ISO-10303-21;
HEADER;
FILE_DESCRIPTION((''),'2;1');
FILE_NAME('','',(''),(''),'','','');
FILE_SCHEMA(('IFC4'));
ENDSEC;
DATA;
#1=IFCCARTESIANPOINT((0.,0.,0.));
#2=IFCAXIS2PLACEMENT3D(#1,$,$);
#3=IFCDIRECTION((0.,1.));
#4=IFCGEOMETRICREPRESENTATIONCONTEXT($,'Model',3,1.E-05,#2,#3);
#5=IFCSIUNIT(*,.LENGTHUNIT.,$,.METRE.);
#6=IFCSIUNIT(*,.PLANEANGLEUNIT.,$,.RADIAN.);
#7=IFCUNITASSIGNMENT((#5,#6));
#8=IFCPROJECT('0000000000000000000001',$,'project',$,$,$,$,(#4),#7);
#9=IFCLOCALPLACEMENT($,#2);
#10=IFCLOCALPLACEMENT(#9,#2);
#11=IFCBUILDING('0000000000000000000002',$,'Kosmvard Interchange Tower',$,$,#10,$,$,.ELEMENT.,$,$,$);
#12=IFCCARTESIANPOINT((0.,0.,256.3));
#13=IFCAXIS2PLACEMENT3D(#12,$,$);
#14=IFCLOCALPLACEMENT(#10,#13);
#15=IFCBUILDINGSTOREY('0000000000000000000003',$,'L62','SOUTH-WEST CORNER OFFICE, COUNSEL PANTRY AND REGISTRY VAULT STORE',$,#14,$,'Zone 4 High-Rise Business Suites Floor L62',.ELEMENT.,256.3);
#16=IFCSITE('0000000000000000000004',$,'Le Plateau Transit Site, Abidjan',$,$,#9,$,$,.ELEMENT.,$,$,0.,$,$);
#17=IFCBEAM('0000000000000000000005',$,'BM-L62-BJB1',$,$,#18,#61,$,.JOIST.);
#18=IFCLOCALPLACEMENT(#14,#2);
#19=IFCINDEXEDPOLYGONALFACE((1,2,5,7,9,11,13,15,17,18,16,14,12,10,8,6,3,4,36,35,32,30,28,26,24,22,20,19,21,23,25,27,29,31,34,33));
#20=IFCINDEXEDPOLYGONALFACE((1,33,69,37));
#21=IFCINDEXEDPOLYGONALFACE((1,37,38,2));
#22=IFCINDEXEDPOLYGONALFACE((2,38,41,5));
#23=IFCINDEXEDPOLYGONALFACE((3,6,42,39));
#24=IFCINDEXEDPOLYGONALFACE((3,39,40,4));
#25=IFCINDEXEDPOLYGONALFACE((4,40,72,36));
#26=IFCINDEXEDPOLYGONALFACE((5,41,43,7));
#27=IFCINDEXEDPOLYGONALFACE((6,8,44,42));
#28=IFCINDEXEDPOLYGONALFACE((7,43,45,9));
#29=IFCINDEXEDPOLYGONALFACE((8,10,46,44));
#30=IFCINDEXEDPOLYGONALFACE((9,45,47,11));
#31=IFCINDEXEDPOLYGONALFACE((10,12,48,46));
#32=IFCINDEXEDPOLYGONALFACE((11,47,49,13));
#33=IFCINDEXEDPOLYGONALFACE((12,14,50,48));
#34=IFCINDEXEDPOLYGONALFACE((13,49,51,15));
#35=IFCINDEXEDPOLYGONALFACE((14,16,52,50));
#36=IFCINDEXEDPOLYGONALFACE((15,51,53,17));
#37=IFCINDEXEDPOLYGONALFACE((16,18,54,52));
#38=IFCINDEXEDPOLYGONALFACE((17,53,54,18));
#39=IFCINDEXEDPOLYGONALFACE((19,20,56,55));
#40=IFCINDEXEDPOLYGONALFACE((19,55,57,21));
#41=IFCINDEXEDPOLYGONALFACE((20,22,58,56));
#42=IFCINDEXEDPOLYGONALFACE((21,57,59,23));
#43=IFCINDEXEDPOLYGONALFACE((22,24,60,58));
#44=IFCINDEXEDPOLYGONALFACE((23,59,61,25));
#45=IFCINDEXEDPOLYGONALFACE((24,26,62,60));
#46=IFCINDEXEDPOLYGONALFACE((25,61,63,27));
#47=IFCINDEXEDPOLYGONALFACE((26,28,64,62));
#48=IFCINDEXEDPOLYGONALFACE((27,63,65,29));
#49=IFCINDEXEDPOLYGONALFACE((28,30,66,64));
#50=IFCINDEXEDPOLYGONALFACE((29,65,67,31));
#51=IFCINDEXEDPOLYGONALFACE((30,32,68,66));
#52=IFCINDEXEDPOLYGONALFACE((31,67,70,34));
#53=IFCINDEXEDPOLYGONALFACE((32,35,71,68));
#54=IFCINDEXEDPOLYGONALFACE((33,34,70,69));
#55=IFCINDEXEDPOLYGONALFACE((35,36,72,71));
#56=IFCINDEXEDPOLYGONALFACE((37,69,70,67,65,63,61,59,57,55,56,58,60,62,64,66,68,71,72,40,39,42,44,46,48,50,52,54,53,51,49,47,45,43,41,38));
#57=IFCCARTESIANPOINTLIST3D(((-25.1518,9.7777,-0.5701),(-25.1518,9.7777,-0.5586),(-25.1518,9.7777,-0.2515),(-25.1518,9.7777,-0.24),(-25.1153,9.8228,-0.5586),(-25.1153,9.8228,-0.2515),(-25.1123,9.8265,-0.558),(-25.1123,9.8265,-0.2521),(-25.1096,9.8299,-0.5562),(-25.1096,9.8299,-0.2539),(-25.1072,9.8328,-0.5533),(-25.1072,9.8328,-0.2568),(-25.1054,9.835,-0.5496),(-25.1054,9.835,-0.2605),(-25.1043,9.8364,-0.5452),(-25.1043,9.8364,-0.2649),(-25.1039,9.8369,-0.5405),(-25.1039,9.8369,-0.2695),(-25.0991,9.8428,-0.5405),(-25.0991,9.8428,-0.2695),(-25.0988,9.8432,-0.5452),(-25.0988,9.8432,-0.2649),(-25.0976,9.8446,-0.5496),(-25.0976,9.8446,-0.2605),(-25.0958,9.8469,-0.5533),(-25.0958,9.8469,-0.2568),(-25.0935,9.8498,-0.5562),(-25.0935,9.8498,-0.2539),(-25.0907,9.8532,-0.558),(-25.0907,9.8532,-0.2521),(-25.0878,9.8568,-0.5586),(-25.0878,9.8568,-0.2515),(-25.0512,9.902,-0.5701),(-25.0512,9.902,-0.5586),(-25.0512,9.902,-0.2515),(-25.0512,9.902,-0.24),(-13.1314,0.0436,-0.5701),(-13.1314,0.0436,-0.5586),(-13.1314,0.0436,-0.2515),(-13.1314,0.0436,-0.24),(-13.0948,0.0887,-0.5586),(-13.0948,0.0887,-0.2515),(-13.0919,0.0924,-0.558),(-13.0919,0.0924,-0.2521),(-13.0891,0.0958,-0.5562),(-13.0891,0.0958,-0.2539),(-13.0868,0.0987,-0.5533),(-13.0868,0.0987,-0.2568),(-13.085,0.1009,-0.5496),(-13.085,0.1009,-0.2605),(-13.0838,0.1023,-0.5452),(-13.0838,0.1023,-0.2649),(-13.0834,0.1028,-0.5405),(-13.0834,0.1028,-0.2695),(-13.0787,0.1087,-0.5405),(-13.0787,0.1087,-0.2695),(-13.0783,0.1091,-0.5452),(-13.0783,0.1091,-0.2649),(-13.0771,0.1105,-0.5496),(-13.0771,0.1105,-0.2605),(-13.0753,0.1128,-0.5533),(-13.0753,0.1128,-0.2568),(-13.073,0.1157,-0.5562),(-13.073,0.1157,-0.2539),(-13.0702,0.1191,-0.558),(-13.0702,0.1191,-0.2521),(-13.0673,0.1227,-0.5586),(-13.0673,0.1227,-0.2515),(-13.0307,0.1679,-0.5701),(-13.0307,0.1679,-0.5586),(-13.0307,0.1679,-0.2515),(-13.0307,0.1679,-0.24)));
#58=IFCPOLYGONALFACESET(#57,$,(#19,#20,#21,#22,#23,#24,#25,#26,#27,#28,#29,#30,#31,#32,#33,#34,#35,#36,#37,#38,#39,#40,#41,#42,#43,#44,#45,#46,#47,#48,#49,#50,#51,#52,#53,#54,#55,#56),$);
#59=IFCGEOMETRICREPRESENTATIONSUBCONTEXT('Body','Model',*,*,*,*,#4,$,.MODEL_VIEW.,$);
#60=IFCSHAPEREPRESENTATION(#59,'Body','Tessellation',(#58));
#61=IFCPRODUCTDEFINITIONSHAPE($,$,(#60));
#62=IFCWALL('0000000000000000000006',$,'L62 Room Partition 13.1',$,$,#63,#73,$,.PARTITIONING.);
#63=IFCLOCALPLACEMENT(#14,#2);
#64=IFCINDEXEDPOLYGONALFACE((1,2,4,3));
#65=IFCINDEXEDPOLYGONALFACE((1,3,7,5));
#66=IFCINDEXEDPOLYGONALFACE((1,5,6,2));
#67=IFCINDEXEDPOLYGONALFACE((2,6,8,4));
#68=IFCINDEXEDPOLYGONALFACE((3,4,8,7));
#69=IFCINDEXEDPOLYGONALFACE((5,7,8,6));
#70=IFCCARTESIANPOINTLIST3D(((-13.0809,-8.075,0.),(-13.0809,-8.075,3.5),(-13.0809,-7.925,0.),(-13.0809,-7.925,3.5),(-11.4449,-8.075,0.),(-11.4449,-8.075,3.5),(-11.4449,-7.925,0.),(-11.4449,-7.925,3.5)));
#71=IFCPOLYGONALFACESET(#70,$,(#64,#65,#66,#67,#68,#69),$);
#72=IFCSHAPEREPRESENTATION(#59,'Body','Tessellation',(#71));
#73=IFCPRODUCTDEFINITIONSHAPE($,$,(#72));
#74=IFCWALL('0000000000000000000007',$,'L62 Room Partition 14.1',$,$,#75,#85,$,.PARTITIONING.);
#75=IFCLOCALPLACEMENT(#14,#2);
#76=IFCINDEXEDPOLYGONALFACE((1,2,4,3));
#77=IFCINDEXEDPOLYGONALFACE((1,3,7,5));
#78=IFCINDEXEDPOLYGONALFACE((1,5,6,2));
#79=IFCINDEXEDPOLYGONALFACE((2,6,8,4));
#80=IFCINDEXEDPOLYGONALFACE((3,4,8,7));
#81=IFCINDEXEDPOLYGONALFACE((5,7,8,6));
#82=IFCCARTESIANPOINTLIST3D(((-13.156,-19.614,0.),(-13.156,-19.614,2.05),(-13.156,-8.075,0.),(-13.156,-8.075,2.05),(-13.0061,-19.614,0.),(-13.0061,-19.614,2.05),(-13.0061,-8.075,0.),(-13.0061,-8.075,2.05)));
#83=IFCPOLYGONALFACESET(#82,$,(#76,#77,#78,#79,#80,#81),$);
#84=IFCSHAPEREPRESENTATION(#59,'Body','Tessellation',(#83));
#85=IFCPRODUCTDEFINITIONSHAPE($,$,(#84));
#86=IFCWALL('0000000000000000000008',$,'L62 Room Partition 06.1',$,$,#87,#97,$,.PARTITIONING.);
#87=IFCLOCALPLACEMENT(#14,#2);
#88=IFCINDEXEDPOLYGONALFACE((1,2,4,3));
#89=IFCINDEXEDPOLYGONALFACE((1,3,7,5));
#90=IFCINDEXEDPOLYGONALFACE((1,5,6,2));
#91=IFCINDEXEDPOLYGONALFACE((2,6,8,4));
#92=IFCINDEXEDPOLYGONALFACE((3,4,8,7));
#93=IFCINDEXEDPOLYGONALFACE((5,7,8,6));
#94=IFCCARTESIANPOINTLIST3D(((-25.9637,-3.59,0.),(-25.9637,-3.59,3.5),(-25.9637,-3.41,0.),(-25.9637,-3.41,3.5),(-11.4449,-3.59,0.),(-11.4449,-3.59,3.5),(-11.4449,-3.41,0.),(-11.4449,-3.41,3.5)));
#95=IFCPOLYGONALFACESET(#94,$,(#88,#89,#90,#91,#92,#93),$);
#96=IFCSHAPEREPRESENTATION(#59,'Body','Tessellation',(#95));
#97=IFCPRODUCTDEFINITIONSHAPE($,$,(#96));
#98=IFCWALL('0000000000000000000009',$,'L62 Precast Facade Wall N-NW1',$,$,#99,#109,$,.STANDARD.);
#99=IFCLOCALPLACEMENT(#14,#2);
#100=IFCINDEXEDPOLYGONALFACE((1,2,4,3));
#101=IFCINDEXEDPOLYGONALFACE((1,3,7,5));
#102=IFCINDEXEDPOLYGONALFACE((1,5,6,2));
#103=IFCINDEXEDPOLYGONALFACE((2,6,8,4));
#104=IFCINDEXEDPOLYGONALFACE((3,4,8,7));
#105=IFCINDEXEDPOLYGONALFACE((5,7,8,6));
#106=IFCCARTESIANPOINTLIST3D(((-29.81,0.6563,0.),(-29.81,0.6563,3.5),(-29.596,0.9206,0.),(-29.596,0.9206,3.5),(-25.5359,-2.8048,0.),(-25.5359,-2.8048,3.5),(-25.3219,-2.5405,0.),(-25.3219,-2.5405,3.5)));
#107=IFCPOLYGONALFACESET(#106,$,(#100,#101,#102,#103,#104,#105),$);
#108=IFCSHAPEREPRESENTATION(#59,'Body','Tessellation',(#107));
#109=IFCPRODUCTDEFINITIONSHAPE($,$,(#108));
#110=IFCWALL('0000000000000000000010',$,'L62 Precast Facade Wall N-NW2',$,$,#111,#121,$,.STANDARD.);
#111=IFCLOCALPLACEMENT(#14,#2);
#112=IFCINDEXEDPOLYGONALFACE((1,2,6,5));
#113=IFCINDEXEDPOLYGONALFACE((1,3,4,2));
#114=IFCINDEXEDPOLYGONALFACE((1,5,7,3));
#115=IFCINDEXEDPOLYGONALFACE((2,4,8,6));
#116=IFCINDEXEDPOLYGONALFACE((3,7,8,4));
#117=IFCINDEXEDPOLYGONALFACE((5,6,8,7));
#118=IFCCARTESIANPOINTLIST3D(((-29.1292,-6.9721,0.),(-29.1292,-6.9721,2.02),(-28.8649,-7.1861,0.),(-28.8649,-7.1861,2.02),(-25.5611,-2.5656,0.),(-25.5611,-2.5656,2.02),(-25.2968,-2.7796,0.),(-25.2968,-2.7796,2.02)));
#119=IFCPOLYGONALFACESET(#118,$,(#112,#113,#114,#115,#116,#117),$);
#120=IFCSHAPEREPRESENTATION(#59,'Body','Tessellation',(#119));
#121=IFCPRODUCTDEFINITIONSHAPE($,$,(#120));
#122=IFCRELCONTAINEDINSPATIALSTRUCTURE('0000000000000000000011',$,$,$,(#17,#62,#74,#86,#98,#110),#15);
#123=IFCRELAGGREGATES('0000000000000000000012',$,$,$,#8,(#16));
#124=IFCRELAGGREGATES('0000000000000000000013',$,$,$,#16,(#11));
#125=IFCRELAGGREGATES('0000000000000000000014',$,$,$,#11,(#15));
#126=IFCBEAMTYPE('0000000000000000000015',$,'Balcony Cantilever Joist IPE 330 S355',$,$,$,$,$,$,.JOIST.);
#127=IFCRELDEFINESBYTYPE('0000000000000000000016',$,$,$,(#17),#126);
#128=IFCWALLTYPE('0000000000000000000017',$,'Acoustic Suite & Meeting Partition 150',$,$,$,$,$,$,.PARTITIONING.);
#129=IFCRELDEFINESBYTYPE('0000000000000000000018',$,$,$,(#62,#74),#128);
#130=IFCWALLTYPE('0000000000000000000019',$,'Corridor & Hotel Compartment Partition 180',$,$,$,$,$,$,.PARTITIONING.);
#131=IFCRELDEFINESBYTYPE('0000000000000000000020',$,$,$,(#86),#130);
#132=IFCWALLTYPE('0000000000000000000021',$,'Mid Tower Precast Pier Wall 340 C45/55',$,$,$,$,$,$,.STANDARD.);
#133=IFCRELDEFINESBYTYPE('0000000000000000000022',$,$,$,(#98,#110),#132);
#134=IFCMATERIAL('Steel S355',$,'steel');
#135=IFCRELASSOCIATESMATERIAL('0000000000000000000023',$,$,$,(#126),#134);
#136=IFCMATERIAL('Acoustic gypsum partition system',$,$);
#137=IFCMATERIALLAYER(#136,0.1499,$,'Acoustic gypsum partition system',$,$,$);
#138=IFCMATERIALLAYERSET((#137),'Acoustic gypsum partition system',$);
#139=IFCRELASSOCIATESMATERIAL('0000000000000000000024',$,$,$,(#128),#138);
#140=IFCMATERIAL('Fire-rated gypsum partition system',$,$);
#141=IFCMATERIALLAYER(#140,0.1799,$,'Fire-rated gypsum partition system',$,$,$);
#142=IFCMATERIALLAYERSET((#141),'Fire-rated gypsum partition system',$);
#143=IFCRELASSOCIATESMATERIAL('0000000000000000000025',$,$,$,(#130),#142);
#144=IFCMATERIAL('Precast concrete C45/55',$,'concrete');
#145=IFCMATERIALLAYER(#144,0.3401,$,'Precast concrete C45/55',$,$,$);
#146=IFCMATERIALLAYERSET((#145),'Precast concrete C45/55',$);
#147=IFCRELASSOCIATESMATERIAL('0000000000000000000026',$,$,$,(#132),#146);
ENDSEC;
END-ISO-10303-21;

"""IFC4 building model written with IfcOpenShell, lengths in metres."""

from ifc_helpers import new_model, si_unit, direction, frame, frame_2d, origin, origin_2d, place, context, subcontext, project, spatial, rectangle, i_section, extrude, source, transform, mapped, material, layer, layer_set, material_profile, profile_set, type_object, element, save


model = new_model("IFC4")

# Units and contexts
model_context = context("Model", 3, precision=1e-05, world=origin(), true_north=direction((0.0, 1.0)))
body_context = subcontext(model_context, "Body", "Model", "MODEL_VIEW")
ifc_project = project(units=[si_unit("LENGTHUNIT", "METRE"), si_unit("PLANEANGLEUNIT", "RADIAN")], contexts=[model_context])

# Site, building, storey
site_placement = place(None, origin())
site = spatial("IfcSite", under=ifc_project, at=site_placement, Name="Le Plateau Transit Site, Abidjan", CompositionType="ELEMENT", RefElevation=0.0)
building_placement = place(site_placement, origin())
building = spatial("IfcBuilding", under=site, at=building_placement, Name="Kosmvard Interchange Tower", CompositionType="ELEMENT")
storey_placement = place(building_placement, frame((0.0, 0.0, 256.3)))
storey = spatial("IfcBuildingStorey", under=building, at=storey_placement, Name="L62", Description="SOUTH-WEST CORNER OFFICE, COUNSEL PANTRY AND REGISTRY VAULT STORE", LongName="Zone 4 High-Rise Business Suites Floor L62", CompositionType="ELEMENT", Elevation=256.3)

# Beam
ifc_material_1 = material(Name="Steel S355", Category="steel")
ifc_material_2 = material(Name="Precast concrete C45/55", Category="concrete")
ifc_material_profile_1 = material_profile(ifc_material_1, i_section(OverallWidth=0.1599, OverallDepth=0.3301, WebThickness=0.0076, FlangeThickness=0.0115, FilletRadius=0.0181, at=origin_2d()), Name="IPE 330")
ifc_profile_set_1 = profile_set([ifc_material_profile_1], Name="Steel S355")
beam_type_1 = type_object("IfcBeamType", Name="Balcony Cantilever Joist IPE 330 S355", PredefinedType="JOIST", material=ifc_profile_set_1)
shared_shape_1 = source(origin(), body_context, "Body", "SweptSolid", [
    extrude(i_section(OverallWidth=0.1599, OverallDepth=0.3301, WebThickness=0.0076, FlangeThickness=0.0115, FilletRadius=0.0181, at=origin_2d()), origin(), (0.0, 0.0, 1.0), 15.4675),
])
beam_1_placement = place(storey_placement, frame((-13.0811, 0.1057, -0.405), z_axis=(-0.777142, 0.629325, 0.0), x_axis=(-0.629325, -0.777142, 0.0)))
element("IfcBeam", 1, at=beam_1_placement, inside=storey, type_object=beam_type_1, Name="BM-L62-BJB1", PredefinedType="JOIST", context=body_context, shape_type="MappedRepresentation", body=[
    mapped(shared_shape_1, transform((0.0, 0.0, 0.0), scale=1.0)),
])

# Walls
ifc_material_3 = material(Name="Acoustic gypsum partition system")
ifc_layer_1 = layer(ifc_material_3, 0.1499, Name="Acoustic gypsum partition system")
ifc_layer_set_1 = layer_set([ifc_layer_1], Name="Acoustic gypsum partition system")
wall_type_1 = type_object("IfcWallType", Name="Acoustic Suite & Meeting Partition 150", PredefinedType="PARTITIONING", material=ifc_layer_set_1)
wall_1_placement = place(storey_placement, frame((-11.4451, -8.0, 0.0), z_axis=(0.0, 0.0, 1.0), x_axis=(-1.0, 0.0, 0.0)))
element("IfcWall", 2, at=wall_1_placement, inside=storey, type_object=wall_type_1, Name="L62 Room Partition 13.1", PredefinedType="PARTITIONING", context=body_context, shape_type="SweptSolid", body=[
    extrude(rectangle(XDim=1.636, YDim=0.1499, at=frame_2d((0.8179, 0.0))), origin(), (0.0, 0.0, 1.0), 3.5),
])
wall_2_placement = place(storey_placement, frame((-13.0811, -8.075, 0.0), z_axis=(0.0, 0.0, 1.0), x_axis=(0.0, -1.0, 0.0)))
element("IfcWall", 3, at=wall_2_placement, inside=storey, type_object=wall_type_1, Name="L62 Room Partition 14.1", PredefinedType="PARTITIONING", context=body_context, shape_type="SweptSolid", body=[
    extrude(rectangle(XDim=11.5391, YDim=0.1499, at=frame_2d((5.7695, 0.0))), origin(), (0.0, 0.0, 1.0), 2.05),
])
ifc_material_4 = material(Name="Fire-rated gypsum partition system")
ifc_layer_2 = layer(ifc_material_4, 0.1799, Name="Fire-rated gypsum partition system")
ifc_layer_set_2 = layer_set([ifc_layer_2], Name="Fire-rated gypsum partition system")
wall_type_2 = type_object("IfcWallType", Name="Corridor & Hotel Compartment Partition 180", PredefinedType="PARTITIONING", material=ifc_layer_set_2)
wall_3_placement = place(storey_placement, frame((-11.4451, -3.5, 0.0), z_axis=(0.0, 0.0, 1.0), x_axis=(-1.0, 0.0, 0.0)))
element("IfcWall", 4, at=wall_3_placement, inside=storey, type_object=wall_type_2, Name="L62 Room Partition 06.1", PredefinedType="PARTITIONING", context=body_context, shape_type="SweptSolid", body=[
    extrude(rectangle(XDim=14.5188, YDim=0.1799, at=frame_2d((7.2593, 0.0))), origin(), (0.0, 0.0, 1.0), 3.5),
])
ifc_layer_3 = layer(ifc_material_2, 0.3401, Name="Precast concrete C45/55")
ifc_layer_set_3 = layer_set([ifc_layer_3], Name="Precast concrete C45/55")
wall_type_3 = type_object("IfcWallType", Name="Mid Tower Precast Pier Wall 340 C45/55", PredefinedType="STANDARD", material=ifc_layer_set_3)
wall_4_placement = place(storey_placement, frame((-29.7031, 0.7886, 0.0), z_axis=(0.0, 0.0, 1.0), x_axis=(0.777144, -0.629323, 0.0)))
element("IfcWall", 5, at=wall_4_placement, inside=storey, type_object=wall_type_3, Name="L62 Precast Facade Wall N-NW1", PredefinedType="STANDARD", context=body_context, shape_type="SweptSolid", body=[
    extrude(rectangle(XDim=5.4998, YDim=0.3401, at=frame_2d((2.75, 0.0))), origin(), (0.0, 0.0, 1.0), 3.5),
])
wall_5_placement = place(storey_placement, frame((-25.429, -2.6726, 0.0), z_axis=(0.0, 0.0, 1.0), x_axis=(-0.6293, -0.777163, 0.0)))
element("IfcWall", 6, at=wall_5_placement, inside=storey, type_object=wall_type_3, Name="L62 Precast Facade Wall N-NW2", PredefinedType="STANDARD", context=body_context, shape_type="SweptSolid", body=[
    extrude(rectangle(XDim=5.6699, YDim=0.3401, at=frame_2d((2.835, 0.0))), origin(), (0.0, 0.0, 1.0), 2.02),
])

save(model, "model.ifc")
